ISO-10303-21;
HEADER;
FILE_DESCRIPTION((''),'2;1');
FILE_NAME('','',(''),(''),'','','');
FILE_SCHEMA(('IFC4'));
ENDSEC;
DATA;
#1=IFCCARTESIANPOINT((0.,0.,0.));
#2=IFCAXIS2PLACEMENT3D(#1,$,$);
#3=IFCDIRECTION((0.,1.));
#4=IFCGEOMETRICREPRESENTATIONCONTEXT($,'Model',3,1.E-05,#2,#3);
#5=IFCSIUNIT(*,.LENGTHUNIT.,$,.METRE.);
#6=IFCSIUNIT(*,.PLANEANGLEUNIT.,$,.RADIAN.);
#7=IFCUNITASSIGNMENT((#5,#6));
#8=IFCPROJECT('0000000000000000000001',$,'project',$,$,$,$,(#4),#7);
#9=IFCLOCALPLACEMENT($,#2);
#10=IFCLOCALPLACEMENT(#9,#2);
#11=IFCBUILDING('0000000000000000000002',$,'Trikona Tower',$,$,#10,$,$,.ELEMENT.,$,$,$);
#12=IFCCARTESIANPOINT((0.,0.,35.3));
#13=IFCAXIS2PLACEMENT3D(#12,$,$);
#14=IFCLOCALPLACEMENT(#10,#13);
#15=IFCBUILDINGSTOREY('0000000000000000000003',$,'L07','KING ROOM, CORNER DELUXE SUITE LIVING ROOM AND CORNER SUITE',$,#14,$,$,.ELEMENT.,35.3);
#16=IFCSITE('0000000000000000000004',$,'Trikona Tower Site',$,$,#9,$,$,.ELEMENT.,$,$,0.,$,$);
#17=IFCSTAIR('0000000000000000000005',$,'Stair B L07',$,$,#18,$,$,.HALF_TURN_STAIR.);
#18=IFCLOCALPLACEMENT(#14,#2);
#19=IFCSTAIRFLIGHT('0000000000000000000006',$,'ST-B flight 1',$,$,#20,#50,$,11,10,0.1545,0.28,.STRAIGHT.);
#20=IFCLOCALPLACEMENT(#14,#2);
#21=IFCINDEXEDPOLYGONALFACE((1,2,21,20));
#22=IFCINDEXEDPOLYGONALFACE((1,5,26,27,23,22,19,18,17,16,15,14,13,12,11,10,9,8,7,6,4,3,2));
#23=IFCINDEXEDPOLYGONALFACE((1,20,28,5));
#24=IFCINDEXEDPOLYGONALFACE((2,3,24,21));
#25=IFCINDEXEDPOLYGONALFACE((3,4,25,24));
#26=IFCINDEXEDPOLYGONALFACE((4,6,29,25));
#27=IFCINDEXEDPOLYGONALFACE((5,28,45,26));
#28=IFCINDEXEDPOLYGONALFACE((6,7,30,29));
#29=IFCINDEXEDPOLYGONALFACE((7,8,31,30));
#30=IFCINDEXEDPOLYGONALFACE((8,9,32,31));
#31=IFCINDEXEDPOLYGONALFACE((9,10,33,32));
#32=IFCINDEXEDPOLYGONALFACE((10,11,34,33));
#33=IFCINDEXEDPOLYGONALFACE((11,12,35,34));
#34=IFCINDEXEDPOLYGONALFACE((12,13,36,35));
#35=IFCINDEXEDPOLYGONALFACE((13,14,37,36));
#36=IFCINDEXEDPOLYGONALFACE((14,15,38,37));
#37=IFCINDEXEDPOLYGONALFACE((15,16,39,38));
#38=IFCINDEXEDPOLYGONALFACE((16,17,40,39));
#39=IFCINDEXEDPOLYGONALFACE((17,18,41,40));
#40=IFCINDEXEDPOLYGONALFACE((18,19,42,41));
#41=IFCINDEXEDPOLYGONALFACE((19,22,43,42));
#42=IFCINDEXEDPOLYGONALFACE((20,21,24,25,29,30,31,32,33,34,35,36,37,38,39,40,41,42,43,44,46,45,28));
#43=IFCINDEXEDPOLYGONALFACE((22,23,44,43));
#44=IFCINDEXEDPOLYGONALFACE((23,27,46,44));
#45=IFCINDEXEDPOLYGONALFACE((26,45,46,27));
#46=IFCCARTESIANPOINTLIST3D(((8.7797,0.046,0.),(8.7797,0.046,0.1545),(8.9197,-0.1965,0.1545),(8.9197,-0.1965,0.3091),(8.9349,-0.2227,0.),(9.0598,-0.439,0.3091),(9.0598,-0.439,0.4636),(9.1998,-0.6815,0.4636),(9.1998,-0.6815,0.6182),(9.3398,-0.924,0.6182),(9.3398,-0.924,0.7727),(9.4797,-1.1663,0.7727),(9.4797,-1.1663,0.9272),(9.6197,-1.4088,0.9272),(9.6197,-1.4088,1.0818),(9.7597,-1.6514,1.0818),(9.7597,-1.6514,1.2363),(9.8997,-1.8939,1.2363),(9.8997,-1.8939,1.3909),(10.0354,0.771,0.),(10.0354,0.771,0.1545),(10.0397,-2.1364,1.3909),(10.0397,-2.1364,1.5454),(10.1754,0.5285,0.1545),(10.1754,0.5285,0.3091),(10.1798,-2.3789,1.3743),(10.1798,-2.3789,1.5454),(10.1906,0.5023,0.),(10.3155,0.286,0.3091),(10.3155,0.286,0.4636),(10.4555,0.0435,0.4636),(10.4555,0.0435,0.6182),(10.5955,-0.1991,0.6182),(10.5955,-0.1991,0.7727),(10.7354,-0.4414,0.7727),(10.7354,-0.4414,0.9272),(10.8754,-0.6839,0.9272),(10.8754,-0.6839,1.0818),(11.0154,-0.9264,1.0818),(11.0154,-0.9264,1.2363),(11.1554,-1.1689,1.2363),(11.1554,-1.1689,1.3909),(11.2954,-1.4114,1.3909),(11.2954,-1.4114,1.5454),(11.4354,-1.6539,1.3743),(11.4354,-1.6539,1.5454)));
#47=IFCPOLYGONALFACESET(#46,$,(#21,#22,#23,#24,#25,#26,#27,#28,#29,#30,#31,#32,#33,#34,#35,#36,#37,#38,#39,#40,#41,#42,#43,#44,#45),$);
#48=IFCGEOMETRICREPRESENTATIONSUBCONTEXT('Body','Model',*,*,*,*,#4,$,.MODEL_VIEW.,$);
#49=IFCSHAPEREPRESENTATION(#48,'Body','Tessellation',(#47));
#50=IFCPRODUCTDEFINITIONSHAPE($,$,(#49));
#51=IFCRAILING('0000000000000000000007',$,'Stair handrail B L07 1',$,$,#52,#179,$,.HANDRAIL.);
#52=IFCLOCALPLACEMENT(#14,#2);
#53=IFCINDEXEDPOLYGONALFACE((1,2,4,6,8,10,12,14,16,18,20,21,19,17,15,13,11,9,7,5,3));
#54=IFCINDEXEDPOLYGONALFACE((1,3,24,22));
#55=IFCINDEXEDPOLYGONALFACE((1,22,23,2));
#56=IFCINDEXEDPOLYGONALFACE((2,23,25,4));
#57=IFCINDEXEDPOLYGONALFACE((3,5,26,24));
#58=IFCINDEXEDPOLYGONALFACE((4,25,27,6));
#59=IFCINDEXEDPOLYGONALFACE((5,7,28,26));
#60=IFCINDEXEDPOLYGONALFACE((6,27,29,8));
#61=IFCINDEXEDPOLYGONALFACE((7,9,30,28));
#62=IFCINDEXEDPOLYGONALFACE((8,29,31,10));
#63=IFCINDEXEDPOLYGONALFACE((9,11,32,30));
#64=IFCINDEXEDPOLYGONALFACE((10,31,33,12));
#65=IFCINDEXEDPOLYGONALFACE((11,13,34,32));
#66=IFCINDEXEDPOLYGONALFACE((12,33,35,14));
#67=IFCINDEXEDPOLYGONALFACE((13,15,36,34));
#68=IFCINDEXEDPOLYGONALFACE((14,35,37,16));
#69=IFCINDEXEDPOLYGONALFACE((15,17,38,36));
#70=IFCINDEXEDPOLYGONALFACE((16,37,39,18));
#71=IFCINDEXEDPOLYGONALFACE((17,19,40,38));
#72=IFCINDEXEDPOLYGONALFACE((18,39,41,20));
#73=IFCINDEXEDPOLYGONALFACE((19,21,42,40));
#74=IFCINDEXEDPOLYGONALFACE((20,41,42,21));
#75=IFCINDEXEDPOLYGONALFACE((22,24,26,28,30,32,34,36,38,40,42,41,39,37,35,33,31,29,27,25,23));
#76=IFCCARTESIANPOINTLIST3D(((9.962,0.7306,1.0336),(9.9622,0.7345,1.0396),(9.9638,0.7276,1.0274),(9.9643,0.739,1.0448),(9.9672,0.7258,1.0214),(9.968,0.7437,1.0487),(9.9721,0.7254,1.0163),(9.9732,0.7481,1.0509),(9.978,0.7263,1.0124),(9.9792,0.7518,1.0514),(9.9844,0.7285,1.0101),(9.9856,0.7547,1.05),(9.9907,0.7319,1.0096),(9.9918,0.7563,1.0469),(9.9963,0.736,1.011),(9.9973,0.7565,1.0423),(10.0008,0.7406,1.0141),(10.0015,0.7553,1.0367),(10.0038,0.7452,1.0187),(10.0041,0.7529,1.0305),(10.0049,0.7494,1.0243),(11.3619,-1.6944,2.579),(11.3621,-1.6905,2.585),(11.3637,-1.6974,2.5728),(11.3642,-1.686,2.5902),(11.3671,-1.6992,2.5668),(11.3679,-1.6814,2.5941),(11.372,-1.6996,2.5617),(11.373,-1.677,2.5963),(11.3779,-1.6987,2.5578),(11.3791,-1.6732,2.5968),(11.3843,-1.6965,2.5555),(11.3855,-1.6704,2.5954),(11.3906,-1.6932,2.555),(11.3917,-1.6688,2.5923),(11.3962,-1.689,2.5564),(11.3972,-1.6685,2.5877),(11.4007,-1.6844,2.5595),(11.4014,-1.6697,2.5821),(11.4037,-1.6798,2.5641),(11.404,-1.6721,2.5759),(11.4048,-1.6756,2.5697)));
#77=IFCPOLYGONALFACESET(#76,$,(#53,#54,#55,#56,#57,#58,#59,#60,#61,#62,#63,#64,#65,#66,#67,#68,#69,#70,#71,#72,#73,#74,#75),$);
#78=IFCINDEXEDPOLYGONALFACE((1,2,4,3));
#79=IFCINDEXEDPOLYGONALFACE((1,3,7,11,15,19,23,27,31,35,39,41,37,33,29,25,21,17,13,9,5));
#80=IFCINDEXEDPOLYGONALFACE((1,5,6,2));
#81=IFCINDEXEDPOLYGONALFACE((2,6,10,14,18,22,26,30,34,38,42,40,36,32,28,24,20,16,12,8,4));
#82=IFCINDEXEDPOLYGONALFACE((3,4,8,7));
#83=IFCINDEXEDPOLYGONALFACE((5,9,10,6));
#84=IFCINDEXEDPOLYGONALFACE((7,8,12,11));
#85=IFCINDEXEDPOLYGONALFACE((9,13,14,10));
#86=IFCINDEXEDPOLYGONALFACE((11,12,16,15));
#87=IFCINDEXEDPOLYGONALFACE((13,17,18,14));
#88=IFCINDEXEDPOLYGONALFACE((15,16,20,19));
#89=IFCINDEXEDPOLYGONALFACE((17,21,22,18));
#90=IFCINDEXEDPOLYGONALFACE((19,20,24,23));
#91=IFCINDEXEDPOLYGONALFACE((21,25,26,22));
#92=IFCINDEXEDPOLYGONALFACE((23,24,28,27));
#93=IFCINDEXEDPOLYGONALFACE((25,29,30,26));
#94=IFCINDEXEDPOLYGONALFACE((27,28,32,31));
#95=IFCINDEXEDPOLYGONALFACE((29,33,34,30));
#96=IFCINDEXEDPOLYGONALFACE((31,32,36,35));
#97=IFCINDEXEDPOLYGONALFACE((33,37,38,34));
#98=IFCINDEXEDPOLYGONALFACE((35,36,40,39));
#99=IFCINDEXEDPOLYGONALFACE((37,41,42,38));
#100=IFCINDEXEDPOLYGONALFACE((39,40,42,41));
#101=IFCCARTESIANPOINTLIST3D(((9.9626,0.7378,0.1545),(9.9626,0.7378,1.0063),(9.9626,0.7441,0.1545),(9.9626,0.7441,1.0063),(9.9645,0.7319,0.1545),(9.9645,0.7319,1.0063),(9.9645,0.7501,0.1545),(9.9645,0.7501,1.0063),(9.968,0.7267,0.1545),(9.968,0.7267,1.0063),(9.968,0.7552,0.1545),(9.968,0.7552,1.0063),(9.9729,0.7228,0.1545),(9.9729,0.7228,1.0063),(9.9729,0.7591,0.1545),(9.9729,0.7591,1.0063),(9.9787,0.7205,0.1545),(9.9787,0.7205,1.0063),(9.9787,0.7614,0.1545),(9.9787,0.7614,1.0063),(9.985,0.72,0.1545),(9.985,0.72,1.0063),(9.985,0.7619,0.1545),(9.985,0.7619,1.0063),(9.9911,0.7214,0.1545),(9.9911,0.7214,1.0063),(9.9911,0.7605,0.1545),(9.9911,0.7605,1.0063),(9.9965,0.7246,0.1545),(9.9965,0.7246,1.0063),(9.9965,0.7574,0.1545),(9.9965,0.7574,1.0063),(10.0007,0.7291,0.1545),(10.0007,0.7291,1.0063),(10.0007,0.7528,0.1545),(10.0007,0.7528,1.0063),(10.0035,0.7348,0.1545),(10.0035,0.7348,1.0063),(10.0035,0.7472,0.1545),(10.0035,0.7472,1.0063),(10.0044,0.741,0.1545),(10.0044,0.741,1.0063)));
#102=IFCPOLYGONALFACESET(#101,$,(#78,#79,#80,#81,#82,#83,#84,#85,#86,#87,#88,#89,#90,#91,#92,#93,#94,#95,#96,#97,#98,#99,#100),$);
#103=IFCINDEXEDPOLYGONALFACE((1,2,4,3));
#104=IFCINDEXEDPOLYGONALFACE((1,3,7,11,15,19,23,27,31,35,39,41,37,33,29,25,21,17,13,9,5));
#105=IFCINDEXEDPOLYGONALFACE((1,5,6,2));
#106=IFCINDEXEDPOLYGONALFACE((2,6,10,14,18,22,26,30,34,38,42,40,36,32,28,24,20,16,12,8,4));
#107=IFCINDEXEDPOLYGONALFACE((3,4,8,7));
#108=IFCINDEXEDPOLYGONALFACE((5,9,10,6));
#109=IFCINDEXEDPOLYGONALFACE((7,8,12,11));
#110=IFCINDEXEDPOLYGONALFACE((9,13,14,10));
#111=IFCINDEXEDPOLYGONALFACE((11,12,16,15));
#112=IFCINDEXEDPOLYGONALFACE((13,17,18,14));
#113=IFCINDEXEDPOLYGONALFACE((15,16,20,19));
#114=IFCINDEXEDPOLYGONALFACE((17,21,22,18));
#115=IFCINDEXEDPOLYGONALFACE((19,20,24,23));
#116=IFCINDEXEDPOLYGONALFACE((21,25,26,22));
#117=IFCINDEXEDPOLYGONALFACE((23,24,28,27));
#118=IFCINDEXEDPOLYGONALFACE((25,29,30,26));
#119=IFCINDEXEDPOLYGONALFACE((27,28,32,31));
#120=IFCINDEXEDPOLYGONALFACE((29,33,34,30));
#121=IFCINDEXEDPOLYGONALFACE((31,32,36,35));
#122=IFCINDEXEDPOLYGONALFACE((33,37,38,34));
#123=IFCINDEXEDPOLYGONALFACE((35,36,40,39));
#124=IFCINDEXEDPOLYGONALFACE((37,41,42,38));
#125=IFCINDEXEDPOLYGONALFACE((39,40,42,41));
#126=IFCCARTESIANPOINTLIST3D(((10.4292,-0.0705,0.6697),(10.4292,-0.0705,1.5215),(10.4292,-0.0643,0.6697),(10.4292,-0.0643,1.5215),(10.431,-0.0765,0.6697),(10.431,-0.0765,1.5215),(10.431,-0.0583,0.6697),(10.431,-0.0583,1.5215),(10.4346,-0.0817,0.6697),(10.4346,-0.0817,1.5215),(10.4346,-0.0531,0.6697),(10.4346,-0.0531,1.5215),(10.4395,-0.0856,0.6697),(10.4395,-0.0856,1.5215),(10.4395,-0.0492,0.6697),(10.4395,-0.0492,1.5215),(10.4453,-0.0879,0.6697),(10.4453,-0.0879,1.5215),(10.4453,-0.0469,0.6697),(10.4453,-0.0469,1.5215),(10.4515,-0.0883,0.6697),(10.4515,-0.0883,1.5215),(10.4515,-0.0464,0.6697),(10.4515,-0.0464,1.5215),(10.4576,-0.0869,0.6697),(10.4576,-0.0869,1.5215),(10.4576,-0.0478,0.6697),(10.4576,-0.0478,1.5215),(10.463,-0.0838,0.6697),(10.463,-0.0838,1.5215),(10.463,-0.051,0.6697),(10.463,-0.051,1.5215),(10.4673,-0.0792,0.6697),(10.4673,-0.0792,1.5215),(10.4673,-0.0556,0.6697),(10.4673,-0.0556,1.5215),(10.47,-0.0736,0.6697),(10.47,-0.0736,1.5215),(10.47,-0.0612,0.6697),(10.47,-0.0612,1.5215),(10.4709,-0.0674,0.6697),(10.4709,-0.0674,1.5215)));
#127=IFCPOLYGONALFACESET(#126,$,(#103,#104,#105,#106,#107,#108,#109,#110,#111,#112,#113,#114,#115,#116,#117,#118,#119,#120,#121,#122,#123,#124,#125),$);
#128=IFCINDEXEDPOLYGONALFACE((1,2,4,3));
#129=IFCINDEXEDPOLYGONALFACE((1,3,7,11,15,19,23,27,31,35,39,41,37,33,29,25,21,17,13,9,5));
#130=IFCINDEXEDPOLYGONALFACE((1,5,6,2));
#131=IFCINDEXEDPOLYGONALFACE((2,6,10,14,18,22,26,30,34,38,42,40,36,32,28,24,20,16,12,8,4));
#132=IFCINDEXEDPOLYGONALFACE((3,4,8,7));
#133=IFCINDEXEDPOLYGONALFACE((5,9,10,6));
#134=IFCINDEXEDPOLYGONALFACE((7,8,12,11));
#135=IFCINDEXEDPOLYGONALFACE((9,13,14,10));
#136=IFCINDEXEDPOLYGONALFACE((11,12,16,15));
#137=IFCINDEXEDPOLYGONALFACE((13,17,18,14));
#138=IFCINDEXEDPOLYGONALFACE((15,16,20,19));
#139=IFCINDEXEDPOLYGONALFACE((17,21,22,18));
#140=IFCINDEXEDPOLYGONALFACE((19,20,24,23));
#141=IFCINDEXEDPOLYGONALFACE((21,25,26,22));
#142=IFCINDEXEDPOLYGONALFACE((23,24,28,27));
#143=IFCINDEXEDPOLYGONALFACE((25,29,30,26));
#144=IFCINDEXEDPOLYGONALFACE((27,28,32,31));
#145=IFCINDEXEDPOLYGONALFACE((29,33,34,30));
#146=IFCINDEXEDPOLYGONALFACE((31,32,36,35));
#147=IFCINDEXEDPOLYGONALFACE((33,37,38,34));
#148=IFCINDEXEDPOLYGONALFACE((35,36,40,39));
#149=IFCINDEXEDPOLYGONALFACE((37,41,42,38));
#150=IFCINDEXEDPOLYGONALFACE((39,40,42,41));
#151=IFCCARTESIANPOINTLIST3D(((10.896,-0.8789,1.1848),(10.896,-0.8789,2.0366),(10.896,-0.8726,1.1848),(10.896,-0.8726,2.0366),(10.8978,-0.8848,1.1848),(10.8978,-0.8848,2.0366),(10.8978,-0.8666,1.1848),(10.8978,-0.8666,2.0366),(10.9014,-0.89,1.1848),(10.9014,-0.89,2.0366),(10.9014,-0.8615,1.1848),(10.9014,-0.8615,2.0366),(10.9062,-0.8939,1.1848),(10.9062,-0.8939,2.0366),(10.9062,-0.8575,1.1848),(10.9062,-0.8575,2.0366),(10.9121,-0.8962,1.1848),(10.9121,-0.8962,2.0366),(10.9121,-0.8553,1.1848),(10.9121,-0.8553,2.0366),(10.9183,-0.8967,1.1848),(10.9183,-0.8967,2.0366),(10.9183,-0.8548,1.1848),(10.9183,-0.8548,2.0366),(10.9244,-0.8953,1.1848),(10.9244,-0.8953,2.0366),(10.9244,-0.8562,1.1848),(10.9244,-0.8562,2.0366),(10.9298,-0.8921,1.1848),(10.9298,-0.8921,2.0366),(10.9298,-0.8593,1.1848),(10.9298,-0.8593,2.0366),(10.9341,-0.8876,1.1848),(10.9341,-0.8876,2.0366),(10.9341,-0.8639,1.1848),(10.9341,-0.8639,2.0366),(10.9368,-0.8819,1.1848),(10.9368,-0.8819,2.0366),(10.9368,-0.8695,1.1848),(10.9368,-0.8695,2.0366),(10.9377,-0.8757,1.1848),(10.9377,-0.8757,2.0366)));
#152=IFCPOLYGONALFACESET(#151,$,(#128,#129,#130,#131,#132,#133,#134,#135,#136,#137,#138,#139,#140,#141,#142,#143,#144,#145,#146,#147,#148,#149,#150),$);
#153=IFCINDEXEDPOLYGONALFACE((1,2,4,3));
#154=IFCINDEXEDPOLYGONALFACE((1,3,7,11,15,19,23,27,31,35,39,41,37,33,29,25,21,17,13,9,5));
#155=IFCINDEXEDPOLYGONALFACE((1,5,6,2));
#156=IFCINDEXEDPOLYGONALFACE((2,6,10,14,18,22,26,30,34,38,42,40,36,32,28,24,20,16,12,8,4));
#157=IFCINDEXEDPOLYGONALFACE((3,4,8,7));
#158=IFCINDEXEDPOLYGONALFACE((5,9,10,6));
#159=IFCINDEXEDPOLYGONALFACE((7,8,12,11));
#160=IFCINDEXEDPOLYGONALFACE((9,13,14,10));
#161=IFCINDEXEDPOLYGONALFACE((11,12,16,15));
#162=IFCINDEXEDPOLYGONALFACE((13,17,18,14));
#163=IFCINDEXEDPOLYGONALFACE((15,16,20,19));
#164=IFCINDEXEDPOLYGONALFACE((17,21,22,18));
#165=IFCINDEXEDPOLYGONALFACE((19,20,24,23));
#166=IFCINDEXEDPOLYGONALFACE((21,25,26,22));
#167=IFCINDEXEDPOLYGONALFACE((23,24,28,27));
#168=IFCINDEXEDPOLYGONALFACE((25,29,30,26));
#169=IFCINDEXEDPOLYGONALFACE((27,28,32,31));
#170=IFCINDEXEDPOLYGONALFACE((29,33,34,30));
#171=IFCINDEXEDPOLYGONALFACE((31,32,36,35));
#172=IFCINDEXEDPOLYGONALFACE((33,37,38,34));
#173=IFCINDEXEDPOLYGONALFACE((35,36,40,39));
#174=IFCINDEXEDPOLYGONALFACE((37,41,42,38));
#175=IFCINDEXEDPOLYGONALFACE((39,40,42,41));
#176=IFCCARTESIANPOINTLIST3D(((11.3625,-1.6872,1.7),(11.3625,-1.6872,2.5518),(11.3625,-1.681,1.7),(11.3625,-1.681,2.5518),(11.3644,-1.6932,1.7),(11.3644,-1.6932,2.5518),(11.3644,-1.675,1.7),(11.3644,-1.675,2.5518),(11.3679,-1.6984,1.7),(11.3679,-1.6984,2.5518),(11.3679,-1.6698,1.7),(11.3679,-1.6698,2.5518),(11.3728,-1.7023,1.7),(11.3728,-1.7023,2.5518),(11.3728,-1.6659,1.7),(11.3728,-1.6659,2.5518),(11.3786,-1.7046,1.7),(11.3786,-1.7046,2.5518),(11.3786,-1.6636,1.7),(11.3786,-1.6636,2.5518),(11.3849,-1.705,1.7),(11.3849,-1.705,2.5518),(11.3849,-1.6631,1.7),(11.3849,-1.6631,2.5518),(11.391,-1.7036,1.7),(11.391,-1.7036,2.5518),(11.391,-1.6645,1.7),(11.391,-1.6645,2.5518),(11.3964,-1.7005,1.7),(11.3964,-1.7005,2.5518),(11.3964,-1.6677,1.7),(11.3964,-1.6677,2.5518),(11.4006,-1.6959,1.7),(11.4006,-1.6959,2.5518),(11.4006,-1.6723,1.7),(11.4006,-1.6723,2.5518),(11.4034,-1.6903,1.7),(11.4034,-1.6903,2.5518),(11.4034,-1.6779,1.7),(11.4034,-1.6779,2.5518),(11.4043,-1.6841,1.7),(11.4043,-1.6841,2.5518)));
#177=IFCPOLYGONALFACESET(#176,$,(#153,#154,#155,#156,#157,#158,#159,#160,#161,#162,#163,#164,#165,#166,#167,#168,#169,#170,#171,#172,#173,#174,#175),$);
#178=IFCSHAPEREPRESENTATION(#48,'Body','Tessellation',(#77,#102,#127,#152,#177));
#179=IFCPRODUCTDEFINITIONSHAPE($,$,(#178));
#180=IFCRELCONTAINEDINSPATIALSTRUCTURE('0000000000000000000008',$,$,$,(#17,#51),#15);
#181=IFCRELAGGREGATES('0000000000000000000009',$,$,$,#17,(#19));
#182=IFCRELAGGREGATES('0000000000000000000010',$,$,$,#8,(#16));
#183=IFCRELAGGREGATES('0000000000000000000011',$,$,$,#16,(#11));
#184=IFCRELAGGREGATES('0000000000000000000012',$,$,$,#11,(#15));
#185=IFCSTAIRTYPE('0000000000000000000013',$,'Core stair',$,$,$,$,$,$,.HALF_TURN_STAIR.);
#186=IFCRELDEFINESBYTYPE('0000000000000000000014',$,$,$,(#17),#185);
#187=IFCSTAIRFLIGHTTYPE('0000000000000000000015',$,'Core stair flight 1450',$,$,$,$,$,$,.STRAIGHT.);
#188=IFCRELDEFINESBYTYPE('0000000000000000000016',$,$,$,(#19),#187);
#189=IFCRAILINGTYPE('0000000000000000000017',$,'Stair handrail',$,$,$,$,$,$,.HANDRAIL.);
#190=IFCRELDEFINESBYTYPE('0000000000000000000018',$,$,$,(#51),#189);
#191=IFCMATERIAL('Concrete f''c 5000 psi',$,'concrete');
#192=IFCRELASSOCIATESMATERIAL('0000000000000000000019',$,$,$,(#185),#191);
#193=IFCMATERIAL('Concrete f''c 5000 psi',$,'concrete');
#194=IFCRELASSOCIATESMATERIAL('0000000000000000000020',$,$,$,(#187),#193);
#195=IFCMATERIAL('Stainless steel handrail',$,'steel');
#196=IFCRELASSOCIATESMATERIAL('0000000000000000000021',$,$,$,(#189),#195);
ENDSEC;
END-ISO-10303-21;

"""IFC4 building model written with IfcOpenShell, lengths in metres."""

from ifc_helpers import new_model, si_unit, direction, frame, origin, origin_2d, place, context, subcontext, project, spatial, polyline, circle, outline, extrude, material, type_object, element, aggregate, save


model = new_model("IFC4")

# Units and contexts
model_context = context("Model", 3, precision=1e-05, world=origin(), true_north=direction((0.0, 1.0)))
body_context = subcontext(model_context, "Body", "Model", "MODEL_VIEW")
ifc_project = project(units=[si_unit("LENGTHUNIT", "METRE"), si_unit("PLANEANGLEUNIT", "RADIAN")], contexts=[model_context])

# Site, building, storey
site_placement = place(None, origin())
site = spatial("IfcSite", under=ifc_project, at=site_placement, Name="Trikona Tower Site", CompositionType="ELEMENT", RefElevation=0.0)
building_placement = place(site_placement, origin())
building = spatial("IfcBuilding", under=site, at=building_placement, Name="Trikona Tower", CompositionType="ELEMENT")
storey_placement = place(building_placement, frame((0.0, 0.0, 35.3)))
storey = spatial("IfcBuildingStorey", under=building, at=storey_placement, Name="L07", Description="KING ROOM, CORNER DELUXE SUITE LIVING ROOM AND CORNER SUITE", CompositionType="ELEMENT", Elevation=35.3)

# Stair
ifc_material_1 = material(Name="Concrete f'c 5000 psi", Category="concrete")
stair_type = type_object("IfcStairType", Name="Core stair", PredefinedType="HALF_TURN_STAIR", material=ifc_material_1)
stair_1_placement = place(storey_placement, origin())
stair_1 = element("IfcStair", 1, at=stair_1_placement, inside=storey, type_object=stair_type, Name="Stair B L07", PredefinedType="HALF_TURN_STAIR")

# Stair flight
ifc_material_2 = material(Name="Concrete f'c 5000 psi", Category="concrete")
stair_flight_type = type_object("IfcStairFlightType", Name="Core stair flight 1450", PredefinedType="STRAIGHT", material=ifc_material_2)
stair_flight_placement = place(storey_placement, frame((9.4075, 0.4084, 0.0), z_axis=(0.0, 0.0, 1.0), x_axis=(0.5, -0.866025, 0.0)))
stair_flight = element("IfcStairFlight", 2, at=stair_flight_placement, type_object=stair_flight_type, Name="ST-B flight 1", NumberOfRisers=11, NumberOfTreads=10, PredefinedType="STRAIGHT", RiserHeight=0.1545, TreadLength=0.28, context=body_context, shape_type="SweptSolid", body=[
    extrude(outline(polyline([(0.0, 0.0), (0.0, 0.1545), (0.28, 0.1545), (0.28, 0.3091), (0.5601, 0.3091), (0.5601, 0.4636), (0.8401, 0.4636), (0.8401, 0.6182), (1.1201, 0.6182), (1.1201, 0.7727), (1.3999, 0.7727), (1.3999, 0.9272), (1.6799, 0.9272), (1.6799, 1.0818), (1.96, 1.0818), (1.96, 1.2363), (2.24, 1.2363), (2.24, 1.3909), (2.52, 1.3909), (2.52, 1.5454), (2.8, 1.5454), (2.8, 1.7), (2.8, 1.3743), (0.3103, 0.0), (0.0, 0.0)])), frame((0.0, 0.7251, 0.0), z_axis=(0.0, -1.0, 0.0), x_axis=(1.0, 0.0, 0.0)), (0.0, 0.0, 1.0), 1.45),
])
aggregate(stair_1, [stair_flight])

# Railing
ifc_material_3 = material(Name="Stainless steel handrail", Category="steel")
railing_type = type_object("IfcRailingType", Name="Stair handrail", PredefinedType="HANDRAIL", material=ifc_material_3)
railing_placement = place(storey_placement, frame((9.9834, 0.741, 0.1545)))
element("IfcRailing", 3, at=railing_placement, inside=storey, type_object=railing_type, Name="Stair handrail B L07 1", PredefinedType="HANDRAIL", context=body_context, shape_type="SweptSolid", body=[
    extrude(circle(Radius=0.0239, at=origin_2d()), frame((0.0, 0.0, 0.876), z_axis=(0.437707, -0.75824, 0.483203), x_axis=(0.866056, 0.499946, 0.0)), (0.0, 0.0, 1.0), 3.1982),
    extrude(circle(Radius=0.021, at=origin_2d()), origin(), (0.0, 0.0, 1.0), 0.8518),
    extrude(circle(Radius=0.021, at=origin_2d()), frame((0.4666, -0.8083, 0.5151)), (0.0, 0.0, 1.0), 0.8518),
    extrude(circle(Radius=0.021, at=origin_2d()), frame((0.9333, -1.6167, 1.0303)), (0.0, 0.0, 1.0), 0.8518),
    extrude(circle(Radius=0.021, at=origin_2d()), frame((1.3999, -2.425, 1.5454)), (0.0, 0.0, 1.0), 0.8518),
])

save(model, "model.ifc")
